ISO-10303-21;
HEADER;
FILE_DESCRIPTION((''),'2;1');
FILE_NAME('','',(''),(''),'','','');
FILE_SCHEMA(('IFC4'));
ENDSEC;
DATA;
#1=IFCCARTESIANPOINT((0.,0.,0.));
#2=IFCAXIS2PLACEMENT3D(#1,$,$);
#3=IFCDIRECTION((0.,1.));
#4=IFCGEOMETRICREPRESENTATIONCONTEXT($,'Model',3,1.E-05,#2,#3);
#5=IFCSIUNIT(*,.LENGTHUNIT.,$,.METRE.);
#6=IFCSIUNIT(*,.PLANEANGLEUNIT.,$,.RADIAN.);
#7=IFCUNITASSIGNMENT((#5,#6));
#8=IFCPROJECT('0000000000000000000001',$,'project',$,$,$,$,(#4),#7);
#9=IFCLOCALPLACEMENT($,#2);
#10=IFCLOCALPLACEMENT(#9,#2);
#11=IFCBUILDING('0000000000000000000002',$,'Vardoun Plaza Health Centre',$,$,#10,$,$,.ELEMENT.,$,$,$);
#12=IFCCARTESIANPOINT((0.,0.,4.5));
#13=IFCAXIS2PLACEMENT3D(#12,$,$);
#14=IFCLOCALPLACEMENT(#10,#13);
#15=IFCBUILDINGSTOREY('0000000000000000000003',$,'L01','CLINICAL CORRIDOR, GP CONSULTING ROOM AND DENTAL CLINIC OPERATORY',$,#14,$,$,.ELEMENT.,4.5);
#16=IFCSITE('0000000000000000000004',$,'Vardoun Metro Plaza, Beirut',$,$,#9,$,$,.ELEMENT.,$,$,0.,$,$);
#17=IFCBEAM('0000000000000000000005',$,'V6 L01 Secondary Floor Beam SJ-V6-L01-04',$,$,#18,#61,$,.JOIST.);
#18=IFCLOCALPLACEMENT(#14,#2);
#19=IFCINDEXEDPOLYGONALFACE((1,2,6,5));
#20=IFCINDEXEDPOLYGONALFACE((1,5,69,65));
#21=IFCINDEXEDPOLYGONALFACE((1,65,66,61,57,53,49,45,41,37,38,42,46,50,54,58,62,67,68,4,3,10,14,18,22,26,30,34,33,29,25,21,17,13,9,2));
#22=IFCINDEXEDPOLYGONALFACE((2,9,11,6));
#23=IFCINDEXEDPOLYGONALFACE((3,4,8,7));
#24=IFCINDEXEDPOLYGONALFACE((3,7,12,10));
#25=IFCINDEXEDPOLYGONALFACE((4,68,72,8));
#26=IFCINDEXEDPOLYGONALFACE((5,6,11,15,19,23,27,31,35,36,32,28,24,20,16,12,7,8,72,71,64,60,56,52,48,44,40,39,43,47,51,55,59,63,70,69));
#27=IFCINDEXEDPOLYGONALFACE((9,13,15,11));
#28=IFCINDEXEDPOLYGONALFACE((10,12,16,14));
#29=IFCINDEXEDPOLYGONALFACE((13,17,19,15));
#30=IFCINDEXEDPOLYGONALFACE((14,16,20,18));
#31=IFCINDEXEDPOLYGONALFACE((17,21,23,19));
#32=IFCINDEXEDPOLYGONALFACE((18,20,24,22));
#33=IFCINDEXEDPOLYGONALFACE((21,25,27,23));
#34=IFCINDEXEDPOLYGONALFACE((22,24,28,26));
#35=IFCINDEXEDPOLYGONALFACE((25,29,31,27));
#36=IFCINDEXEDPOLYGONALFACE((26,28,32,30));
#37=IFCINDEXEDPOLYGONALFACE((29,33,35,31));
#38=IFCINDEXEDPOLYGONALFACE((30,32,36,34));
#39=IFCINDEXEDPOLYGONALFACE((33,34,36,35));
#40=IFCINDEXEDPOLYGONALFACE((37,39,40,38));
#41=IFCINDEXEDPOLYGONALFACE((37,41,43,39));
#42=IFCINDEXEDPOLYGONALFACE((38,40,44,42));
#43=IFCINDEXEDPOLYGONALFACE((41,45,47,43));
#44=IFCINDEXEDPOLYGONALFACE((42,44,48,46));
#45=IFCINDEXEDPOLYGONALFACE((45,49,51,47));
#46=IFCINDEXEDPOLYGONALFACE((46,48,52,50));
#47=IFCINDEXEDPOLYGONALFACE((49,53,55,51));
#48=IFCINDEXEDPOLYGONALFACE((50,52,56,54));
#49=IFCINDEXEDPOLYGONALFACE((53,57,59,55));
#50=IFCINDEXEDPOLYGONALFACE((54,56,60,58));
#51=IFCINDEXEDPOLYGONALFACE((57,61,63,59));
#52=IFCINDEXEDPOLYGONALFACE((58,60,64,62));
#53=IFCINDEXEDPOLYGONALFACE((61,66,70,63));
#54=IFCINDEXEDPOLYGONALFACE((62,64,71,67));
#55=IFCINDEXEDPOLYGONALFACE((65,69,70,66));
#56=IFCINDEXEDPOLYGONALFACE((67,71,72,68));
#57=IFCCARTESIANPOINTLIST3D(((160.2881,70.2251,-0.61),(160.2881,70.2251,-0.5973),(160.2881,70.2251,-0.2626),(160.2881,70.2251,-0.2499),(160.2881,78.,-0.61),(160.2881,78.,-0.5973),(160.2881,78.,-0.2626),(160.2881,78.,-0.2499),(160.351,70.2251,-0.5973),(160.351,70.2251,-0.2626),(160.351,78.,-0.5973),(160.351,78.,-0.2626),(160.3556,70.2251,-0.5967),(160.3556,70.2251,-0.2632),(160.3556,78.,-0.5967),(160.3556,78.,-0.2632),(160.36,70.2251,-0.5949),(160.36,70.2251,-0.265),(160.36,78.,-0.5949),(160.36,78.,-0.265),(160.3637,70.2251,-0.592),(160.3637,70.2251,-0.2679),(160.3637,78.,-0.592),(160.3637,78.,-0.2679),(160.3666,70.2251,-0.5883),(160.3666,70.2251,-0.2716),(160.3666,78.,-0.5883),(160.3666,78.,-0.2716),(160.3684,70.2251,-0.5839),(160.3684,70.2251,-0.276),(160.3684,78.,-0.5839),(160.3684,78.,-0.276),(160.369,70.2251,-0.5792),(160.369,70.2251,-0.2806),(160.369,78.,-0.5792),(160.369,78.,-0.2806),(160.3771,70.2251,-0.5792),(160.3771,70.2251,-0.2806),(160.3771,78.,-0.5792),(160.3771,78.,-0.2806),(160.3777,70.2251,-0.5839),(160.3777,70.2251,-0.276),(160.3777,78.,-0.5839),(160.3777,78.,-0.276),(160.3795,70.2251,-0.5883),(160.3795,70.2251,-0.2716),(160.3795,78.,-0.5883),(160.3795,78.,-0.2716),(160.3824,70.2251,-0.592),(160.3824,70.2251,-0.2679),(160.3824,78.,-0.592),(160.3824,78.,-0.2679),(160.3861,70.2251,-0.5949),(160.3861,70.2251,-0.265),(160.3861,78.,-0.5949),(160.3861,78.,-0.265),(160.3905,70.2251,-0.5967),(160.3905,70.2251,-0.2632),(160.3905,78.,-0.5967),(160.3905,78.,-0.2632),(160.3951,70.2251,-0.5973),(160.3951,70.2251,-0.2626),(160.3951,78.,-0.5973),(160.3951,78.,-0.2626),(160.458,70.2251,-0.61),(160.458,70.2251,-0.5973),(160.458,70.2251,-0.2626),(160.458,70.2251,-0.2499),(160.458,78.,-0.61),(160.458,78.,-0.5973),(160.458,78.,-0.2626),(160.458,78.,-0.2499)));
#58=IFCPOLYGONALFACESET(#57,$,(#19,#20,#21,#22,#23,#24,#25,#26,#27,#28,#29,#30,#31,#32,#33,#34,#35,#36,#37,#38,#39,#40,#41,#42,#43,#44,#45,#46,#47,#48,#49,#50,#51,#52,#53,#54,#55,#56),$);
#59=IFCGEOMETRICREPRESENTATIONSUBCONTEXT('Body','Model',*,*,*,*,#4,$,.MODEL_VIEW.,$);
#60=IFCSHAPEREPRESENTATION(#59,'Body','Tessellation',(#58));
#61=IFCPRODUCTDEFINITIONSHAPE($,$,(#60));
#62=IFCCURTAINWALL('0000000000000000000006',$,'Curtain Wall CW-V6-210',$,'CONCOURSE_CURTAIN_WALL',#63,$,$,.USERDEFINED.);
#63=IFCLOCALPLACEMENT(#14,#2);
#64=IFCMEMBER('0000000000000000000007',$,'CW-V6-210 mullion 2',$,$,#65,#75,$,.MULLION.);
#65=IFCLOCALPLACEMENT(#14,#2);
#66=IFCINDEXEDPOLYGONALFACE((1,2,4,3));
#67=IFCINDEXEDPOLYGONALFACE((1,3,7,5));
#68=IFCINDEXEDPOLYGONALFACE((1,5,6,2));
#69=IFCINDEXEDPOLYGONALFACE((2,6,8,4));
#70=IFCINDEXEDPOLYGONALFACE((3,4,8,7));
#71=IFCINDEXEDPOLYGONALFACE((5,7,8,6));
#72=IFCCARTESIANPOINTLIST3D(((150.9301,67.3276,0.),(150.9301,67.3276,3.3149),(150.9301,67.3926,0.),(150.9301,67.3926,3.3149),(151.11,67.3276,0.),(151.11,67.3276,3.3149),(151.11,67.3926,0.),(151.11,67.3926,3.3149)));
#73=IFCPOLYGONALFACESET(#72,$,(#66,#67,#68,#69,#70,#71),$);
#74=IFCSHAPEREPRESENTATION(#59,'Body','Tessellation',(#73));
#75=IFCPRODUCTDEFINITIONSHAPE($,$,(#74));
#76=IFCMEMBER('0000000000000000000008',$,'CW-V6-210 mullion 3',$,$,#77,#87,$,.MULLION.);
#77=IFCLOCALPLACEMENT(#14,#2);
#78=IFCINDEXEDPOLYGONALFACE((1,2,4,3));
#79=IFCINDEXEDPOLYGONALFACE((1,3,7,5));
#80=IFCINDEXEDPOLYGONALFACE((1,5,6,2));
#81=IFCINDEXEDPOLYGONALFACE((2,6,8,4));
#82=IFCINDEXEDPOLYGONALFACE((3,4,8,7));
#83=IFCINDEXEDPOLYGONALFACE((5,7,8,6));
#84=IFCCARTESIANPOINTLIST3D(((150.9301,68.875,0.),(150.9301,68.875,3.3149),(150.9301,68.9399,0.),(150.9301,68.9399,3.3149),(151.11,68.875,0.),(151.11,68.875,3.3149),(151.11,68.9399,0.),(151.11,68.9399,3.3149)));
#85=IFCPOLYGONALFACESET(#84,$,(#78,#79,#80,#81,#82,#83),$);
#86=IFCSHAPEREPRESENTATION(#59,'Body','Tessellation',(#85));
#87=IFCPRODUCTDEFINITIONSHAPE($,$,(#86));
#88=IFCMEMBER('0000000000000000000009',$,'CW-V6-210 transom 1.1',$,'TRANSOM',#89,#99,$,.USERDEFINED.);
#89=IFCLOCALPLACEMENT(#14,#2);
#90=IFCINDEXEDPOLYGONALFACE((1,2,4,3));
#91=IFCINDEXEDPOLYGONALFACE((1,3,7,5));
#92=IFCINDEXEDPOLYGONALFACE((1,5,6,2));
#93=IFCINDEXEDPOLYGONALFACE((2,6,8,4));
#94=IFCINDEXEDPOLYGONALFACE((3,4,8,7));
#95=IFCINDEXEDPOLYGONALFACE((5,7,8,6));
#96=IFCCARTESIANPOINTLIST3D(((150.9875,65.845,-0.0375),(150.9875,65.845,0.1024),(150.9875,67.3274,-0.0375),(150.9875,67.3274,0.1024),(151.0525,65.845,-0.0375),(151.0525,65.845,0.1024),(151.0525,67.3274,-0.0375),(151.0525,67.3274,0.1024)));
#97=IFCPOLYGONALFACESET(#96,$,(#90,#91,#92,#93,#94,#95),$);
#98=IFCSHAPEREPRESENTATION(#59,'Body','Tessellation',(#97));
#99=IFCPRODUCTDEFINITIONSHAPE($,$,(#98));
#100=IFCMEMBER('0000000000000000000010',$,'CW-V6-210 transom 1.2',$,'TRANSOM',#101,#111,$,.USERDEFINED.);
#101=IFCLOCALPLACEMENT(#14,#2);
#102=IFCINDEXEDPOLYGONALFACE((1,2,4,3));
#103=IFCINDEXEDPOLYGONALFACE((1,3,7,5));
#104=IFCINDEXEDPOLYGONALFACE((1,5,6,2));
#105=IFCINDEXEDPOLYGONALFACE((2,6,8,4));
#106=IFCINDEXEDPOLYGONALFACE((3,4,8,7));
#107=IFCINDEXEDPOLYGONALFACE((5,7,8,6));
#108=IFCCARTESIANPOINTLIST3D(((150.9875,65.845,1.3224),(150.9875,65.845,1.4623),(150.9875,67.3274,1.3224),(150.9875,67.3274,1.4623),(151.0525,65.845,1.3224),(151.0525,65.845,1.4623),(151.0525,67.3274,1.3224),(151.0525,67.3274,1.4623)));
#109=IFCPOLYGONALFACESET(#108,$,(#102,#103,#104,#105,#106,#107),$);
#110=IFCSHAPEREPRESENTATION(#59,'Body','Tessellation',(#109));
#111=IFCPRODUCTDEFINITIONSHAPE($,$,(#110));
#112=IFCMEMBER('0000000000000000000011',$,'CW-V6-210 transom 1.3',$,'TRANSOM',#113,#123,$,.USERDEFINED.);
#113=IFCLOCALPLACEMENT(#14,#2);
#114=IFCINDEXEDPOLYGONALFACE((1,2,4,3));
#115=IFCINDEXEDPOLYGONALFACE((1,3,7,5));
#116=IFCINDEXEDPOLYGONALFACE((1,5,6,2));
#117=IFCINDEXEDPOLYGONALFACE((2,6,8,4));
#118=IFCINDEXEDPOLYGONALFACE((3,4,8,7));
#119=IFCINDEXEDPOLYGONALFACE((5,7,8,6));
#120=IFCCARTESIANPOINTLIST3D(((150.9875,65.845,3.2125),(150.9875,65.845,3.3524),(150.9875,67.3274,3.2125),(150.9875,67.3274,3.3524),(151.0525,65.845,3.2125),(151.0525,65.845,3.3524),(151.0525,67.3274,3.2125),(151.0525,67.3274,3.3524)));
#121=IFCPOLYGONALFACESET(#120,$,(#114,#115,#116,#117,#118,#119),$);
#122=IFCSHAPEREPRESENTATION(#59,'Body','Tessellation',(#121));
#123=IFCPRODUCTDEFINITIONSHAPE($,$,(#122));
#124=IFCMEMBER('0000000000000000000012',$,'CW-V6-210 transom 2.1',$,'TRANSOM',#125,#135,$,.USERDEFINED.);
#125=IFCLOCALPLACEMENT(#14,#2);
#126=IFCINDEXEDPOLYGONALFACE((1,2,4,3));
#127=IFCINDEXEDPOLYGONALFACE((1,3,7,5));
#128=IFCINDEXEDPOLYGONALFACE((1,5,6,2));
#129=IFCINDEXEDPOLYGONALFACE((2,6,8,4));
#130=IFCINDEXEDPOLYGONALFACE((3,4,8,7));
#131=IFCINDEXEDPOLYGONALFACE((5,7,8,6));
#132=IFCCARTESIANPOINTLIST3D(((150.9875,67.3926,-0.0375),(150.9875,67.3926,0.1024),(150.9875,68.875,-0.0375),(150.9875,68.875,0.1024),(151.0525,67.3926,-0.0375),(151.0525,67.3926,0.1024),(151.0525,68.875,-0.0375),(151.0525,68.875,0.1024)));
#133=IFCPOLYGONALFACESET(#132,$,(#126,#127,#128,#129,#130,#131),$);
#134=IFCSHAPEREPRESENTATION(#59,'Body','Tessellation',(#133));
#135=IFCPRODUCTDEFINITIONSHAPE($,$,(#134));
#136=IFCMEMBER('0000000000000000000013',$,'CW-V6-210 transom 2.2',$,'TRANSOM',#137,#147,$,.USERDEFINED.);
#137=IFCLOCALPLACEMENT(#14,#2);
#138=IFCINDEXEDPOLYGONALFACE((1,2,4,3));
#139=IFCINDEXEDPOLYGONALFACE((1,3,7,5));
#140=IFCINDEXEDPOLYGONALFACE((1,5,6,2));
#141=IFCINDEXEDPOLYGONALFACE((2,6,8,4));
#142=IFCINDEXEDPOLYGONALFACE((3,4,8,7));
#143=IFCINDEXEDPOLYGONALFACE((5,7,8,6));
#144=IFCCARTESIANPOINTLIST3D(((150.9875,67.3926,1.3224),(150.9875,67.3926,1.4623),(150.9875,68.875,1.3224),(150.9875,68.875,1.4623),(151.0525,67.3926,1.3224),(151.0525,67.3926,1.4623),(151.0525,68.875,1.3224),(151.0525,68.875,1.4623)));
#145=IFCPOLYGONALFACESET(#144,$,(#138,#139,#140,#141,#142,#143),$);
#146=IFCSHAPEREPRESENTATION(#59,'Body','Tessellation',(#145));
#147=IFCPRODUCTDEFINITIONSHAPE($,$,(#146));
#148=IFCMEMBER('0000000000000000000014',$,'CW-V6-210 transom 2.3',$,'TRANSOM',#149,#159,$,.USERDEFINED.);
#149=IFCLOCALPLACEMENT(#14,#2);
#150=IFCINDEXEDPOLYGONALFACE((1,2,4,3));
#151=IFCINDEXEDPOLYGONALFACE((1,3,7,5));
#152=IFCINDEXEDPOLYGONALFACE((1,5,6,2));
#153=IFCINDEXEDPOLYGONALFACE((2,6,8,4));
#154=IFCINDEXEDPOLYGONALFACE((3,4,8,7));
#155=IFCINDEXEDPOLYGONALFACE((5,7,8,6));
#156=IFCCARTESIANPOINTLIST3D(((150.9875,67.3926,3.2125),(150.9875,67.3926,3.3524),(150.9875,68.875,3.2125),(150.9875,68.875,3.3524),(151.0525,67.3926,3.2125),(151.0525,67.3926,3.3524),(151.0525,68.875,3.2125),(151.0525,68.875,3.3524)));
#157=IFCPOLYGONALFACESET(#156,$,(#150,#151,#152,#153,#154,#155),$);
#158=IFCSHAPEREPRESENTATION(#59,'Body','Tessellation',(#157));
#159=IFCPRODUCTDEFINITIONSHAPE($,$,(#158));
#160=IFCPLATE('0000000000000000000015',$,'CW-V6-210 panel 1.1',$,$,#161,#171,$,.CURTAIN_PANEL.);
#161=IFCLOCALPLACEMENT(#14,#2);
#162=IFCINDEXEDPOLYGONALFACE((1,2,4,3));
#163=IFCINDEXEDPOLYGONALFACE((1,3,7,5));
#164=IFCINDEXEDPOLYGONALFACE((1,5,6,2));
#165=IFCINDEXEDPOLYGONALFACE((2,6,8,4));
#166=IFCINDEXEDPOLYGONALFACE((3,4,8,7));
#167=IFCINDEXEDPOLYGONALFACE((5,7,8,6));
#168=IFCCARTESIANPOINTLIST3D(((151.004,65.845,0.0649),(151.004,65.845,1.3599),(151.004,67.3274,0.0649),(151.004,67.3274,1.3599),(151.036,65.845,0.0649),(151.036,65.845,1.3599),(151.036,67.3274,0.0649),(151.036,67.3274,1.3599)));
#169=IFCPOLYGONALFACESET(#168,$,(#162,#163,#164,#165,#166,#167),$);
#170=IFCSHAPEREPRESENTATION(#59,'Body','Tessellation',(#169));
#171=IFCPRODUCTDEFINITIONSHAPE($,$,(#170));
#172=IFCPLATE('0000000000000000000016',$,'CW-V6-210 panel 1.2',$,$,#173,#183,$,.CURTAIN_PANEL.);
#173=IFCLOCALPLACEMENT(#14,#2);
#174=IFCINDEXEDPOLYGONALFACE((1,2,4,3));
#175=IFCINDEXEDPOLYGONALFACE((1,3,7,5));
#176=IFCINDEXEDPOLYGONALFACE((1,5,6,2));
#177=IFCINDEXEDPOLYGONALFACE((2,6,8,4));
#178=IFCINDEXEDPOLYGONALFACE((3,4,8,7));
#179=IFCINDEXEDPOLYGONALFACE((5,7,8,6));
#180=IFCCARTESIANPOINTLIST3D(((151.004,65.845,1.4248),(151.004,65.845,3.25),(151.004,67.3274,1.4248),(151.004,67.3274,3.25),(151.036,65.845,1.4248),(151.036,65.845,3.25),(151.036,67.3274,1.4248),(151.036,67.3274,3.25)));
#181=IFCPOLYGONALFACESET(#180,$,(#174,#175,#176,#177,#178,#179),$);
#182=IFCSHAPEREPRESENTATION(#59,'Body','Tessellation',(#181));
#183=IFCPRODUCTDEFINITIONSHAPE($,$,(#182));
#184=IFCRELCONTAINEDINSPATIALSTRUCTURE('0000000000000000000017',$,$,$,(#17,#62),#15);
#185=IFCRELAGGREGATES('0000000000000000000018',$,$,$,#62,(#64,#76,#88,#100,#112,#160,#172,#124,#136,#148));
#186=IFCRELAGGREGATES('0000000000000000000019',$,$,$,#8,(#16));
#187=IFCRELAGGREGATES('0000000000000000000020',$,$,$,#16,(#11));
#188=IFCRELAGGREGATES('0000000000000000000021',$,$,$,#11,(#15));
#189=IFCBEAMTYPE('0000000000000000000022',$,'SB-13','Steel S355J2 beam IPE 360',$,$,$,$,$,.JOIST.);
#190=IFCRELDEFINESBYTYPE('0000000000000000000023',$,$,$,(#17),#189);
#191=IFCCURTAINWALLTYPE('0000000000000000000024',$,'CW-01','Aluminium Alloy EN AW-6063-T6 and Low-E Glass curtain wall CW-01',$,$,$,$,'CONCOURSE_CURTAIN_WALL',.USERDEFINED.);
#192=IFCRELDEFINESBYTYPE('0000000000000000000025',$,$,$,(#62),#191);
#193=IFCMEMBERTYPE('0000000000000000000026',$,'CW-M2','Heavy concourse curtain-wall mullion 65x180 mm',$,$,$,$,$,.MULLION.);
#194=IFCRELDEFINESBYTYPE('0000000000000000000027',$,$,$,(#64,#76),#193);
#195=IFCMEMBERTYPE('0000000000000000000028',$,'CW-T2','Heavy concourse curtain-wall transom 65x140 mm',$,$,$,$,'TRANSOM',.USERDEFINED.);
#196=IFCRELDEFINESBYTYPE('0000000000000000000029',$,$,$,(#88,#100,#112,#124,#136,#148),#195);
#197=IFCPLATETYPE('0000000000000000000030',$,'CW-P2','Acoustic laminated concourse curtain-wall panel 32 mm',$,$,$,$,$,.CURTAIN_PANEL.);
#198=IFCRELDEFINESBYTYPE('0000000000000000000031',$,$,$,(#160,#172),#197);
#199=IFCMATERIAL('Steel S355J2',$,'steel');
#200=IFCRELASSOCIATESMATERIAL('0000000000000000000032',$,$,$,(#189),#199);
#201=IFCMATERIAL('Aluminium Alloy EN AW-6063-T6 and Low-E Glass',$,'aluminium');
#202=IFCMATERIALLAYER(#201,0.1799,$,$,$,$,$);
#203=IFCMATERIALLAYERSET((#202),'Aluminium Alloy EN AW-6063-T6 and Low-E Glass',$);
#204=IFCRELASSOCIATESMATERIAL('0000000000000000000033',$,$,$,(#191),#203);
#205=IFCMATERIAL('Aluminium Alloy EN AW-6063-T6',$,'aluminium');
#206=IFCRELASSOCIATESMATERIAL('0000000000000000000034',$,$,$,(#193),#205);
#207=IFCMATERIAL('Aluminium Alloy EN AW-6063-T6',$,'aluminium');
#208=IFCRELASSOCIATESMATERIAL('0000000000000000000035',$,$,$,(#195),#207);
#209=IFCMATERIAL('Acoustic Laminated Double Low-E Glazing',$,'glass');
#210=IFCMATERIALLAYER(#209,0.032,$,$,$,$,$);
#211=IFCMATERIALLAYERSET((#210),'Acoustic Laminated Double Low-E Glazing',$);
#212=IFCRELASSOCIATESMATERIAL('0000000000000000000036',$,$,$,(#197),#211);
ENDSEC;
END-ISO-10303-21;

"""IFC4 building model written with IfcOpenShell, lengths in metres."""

from ifc_helpers import new_model, si_unit, direction, frame, origin, origin_2d, place, context, subcontext, project, spatial, rectangle, i_section, extrude, material, layer, layer_set, material_profile, profile_set, type_object, element, aggregate, save


model = new_model("IFC4")

# Units and contexts
model_context = context("Model", 3, precision=1e-05, world=origin(), true_north=direction((0.0, 1.0)))
body_context = subcontext(model_context, "Body", "Model", "MODEL_VIEW")
ifc_project = project(units=[si_unit("LENGTHUNIT", "METRE"), si_unit("PLANEANGLEUNIT", "RADIAN")], contexts=[model_context])

# Site, building, storey
site_placement = place(None, origin())
site = spatial("IfcSite", under=ifc_project, at=site_placement, Name="Vardoun Metro Plaza, Beirut", CompositionType="ELEMENT", RefElevation=0.0)
building_placement = place(site_placement, origin())
building = spatial("IfcBuilding", under=site, at=building_placement, Name="Vardoun Plaza Health Centre", CompositionType="ELEMENT")
storey_placement = place(building_placement, frame((0.0, 0.0, 4.5)))
storey = spatial("IfcBuildingStorey", under=building, at=storey_placement, Name="L01", Description="CLINICAL CORRIDOR, GP CONSULTING ROOM AND DENTAL CLINIC OPERATORY", CompositionType="ELEMENT", Elevation=4.5)

# Beam
ifc_material_1 = material(Name="Steel S355J2", Category="steel")
ifc_material_profile_1 = material_profile(ifc_material_1, i_section(OverallWidth=0.1699, OverallDepth=0.3601, WebThickness=0.0081, FlangeThickness=0.0127, FilletRadius=0.0181, at=origin_2d()), Name="IPE 360")
ifc_profile_set_1 = profile_set([ifc_material_profile_1], Name="Steel S355J2")
beam_type_1 = type_object("IfcBeamType", Name="SB-13", Description="Steel S355J2 beam IPE 360", PredefinedType="JOIST", material=ifc_profile_set_1)
beam_1_placement = place(storey_placement, frame((160.373, 70.2251, -0.4299), z_axis=(0.0, 1.0, 0.0), x_axis=(-1.0, 0.0, 0.0)))
element("IfcBeam", 1, at=beam_1_placement, inside=storey, type_object=beam_type_1, Name="V6 L01 Secondary Floor Beam SJ-V6-L01-04", PredefinedType="JOIST", context=body_context, shape_type="SweptSolid", body=[
    extrude(i_section(OverallWidth=0.1699, OverallDepth=0.3601, WebThickness=0.0081, FlangeThickness=0.0127, FilletRadius=0.0181, at=origin_2d()), origin(), (0.0, 0.0, 1.0), 7.7749),
])

# Curtain wall, members, plates
ifc_material_2 = material(Name="Aluminium Alloy EN AW-6063-T6 and Low-E Glass", Category="aluminium")
ifc_layer_1 = layer(ifc_material_2, 0.1799)
ifc_layer_set_1 = layer_set([ifc_layer_1], Name="Aluminium Alloy EN AW-6063-T6 and Low-E Glass")
curtain_wall_type = type_object("IfcCurtainWallType", Name="CW-01", Description="Aluminium Alloy EN AW-6063-T6 and Low-E Glass curtain wall CW-01", ElementType="CONCOURSE_CURTAIN_WALL", PredefinedType="USERDEFINED", material=ifc_layer_set_1)
curtain_wall_placement = place(storey_placement, origin())
curtain_wall = element("IfcCurtainWall", 2, at=curtain_wall_placement, inside=storey, type_object=curtain_wall_type, Name="Curtain Wall CW-V6-210", ObjectType="CONCOURSE_CURTAIN_WALL", PredefinedType="USERDEFINED")
ifc_material_3 = material(Name="Aluminium Alloy EN AW-6063-T6", Category="aluminium")
ifc_material_profile_2 = material_profile(ifc_material_3, rectangle(XDim=0.1799, YDim=0.0649, at=origin_2d()), Name="CWM 65x180")
ifc_profile_set_2 = profile_set([ifc_material_profile_2], Name="Aluminium Alloy EN AW-6063-T6")
member_type_1 = type_object("IfcMemberType", Name="CW-M2", Description="Heavy concourse curtain-wall mullion 65x180 mm", PredefinedType="MULLION", material=ifc_profile_set_2)
member_1_placement = place(storey_placement, frame((151.02, 67.3601, 0.0), z_axis=(0.0, 0.0, 1.0), x_axis=(-1.0, 0.0, 0.0)))
member_1 = element("IfcMember", 3, at=member_1_placement, type_object=member_type_1, Name="CW-V6-210 mullion 2", PredefinedType="MULLION", context=body_context, shape_type="SweptSolid", body=[
    extrude(rectangle(XDim=0.1799, YDim=0.0649, at=origin_2d()), origin(), (0.0, 0.0, 1.0), 3.3149),
])
member_2_placement = place(storey_placement, frame((151.02, 68.9075, 0.0), z_axis=(0.0, 0.0, 1.0), x_axis=(-1.0, 0.0, 0.0)))
member_2 = element("IfcMember", 4, at=member_2_placement, type_object=member_type_1, Name="CW-V6-210 mullion 3", PredefinedType="MULLION", context=body_context, shape_type="SweptSolid", body=[
    extrude(rectangle(XDim=0.1799, YDim=0.0649, at=origin_2d()), origin(), (0.0, 0.0, 1.0), 3.3149),
])
ifc_material_4 = material(Name="Aluminium Alloy EN AW-6063-T6", Category="aluminium")
ifc_material_profile_3 = material_profile(ifc_material_4, rectangle(XDim=0.0649, YDim=0.1399, at=origin_2d()), Name="CWT 65x140")
ifc_profile_set_3 = profile_set([ifc_material_profile_3], Name="Aluminium Alloy EN AW-6063-T6")
member_type_2 = type_object("IfcMemberType", Name="CW-T2", Description="Heavy concourse curtain-wall transom 65x140 mm", ElementType="TRANSOM", PredefinedType="USERDEFINED", material=ifc_profile_set_3)
member_3_placement = place(storey_placement, frame((151.02, 65.845, 0.0325), z_axis=(0.0, 1.0, 0.0), x_axis=(-1.0, 0.0, 0.0)))
member_3 = element("IfcMember", 5, at=member_3_placement, type_object=member_type_2, Name="CW-V6-210 transom 1.1", ObjectType="TRANSOM", PredefinedType="USERDEFINED", context=body_context, shape_type="SweptSolid", body=[
    extrude(rectangle(XDim=0.0649, YDim=0.1399, at=origin_2d()), origin(), (0.0, 0.0, 1.0), 1.4824),
])
member_4_placement = place(storey_placement, frame((151.02, 65.845, 1.3923), z_axis=(0.0, 1.0, 0.0), x_axis=(-1.0, 0.0, 0.0)))
member_4 = element("IfcMember", 6, at=member_4_placement, type_object=member_type_2, Name="CW-V6-210 transom 1.2", ObjectType="TRANSOM", PredefinedType="USERDEFINED", context=body_context, shape_type="SweptSolid", body=[
    extrude(rectangle(XDim=0.0649, YDim=0.1399, at=origin_2d()), origin(), (0.0, 0.0, 1.0), 1.4824),
])
member_5_placement = place(storey_placement, frame((151.02, 65.845, 3.2825), z_axis=(0.0, 1.0, 0.0), x_axis=(-1.0, 0.0, 0.0)))
member_5 = element("IfcMember", 7, at=member_5_placement, type_object=member_type_2, Name="CW-V6-210 transom 1.3", ObjectType="TRANSOM", PredefinedType="USERDEFINED", context=body_context, shape_type="SweptSolid", body=[
    extrude(rectangle(XDim=0.0649, YDim=0.1399, at=origin_2d()), origin(), (0.0, 0.0, 1.0), 1.4824),
])
member_6_placement = place(storey_placement, frame((151.02, 67.3926, 0.0325), z_axis=(0.0, 1.0, 0.0), x_axis=(-1.0, 0.0, 0.0)))
member_6 = element("IfcMember", 8, at=member_6_placement, type_object=member_type_2, Name="CW-V6-210 transom 2.1", ObjectType="TRANSOM", PredefinedType="USERDEFINED", context=body_context, shape_type="SweptSolid", body=[
    extrude(rectangle(XDim=0.0649, YDim=0.1399, at=origin_2d()), origin(), (0.0, 0.0, 1.0), 1.4824),
])
member_7_placement = place(storey_placement, frame((151.02, 67.3926, 1.3923), z_axis=(0.0, 1.0, 0.0), x_axis=(-1.0, 0.0, 0.0)))
member_7 = element("IfcMember", 9, at=member_7_placement, type_object=member_type_2, Name="CW-V6-210 transom 2.2", ObjectType="TRANSOM", PredefinedType="USERDEFINED", context=body_context, shape_type="SweptSolid", body=[
    extrude(rectangle(XDim=0.0649, YDim=0.1399, at=origin_2d()), origin(), (0.0, 0.0, 1.0), 1.4824),
])
member_8_placement = place(storey_placement, frame((151.02, 67.3926, 3.2825), z_axis=(0.0, 1.0, 0.0), x_axis=(-1.0, 0.0, 0.0)))
member_8 = element("IfcMember", 10, at=member_8_placement, type_object=member_type_2, Name="CW-V6-210 transom 2.3", ObjectType="TRANSOM", PredefinedType="USERDEFINED", context=body_context, shape_type="SweptSolid", body=[
    extrude(rectangle(XDim=0.0649, YDim=0.1399, at=origin_2d()), origin(), (0.0, 0.0, 1.0), 1.4824),
])
ifc_material_5 = material(Name="Acoustic Laminated Double Low-E Glazing", Category="glass")
ifc_layer_2 = layer(ifc_material_5, 0.032)
ifc_layer_set_2 = layer_set([ifc_layer_2], Name="Acoustic Laminated Double Low-E Glazing")
plate_type = type_object("IfcPlateType", Name="CW-P2", Description="Acoustic laminated concourse curtain-wall panel 32 mm", PredefinedType="CURTAIN_PANEL", material=ifc_layer_set_2)
plate_1_placement = place(storey_placement, frame((151.02, 66.5862, 0.0649), z_axis=(0.0, 0.0, 1.0), x_axis=(0.0, 1.0, 0.0)))
plate_1 = element("IfcPlate", 11, at=plate_1_placement, type_object=plate_type, Name="CW-V6-210 panel 1.1", PredefinedType="CURTAIN_PANEL", context=body_context, shape_type="SweptSolid", body=[
    extrude(rectangle(XDim=1.4824, YDim=0.032, at=origin_2d()), origin(), (0.0, 0.0, 1.0), 1.2949),
])
plate_2_placement = place(storey_placement, frame((151.02, 66.5862, 1.4248), z_axis=(0.0, 0.0, 1.0), x_axis=(0.0, 1.0, 0.0)))
plate_2 = element("IfcPlate", 12, at=plate_2_placement, type_object=plate_type, Name="CW-V6-210 panel 1.2", PredefinedType="CURTAIN_PANEL", context=body_context, shape_type="SweptSolid", body=[
    extrude(rectangle(XDim=1.4824, YDim=0.032, at=origin_2d()), origin(), (0.0, 0.0, 1.0), 1.8252),
])
aggregate(curtain_wall, [member_1, member_2, member_3, member_4, member_5, plate_1, plate_2, member_6, member_7, member_8])

save(model, "model.ifc")
